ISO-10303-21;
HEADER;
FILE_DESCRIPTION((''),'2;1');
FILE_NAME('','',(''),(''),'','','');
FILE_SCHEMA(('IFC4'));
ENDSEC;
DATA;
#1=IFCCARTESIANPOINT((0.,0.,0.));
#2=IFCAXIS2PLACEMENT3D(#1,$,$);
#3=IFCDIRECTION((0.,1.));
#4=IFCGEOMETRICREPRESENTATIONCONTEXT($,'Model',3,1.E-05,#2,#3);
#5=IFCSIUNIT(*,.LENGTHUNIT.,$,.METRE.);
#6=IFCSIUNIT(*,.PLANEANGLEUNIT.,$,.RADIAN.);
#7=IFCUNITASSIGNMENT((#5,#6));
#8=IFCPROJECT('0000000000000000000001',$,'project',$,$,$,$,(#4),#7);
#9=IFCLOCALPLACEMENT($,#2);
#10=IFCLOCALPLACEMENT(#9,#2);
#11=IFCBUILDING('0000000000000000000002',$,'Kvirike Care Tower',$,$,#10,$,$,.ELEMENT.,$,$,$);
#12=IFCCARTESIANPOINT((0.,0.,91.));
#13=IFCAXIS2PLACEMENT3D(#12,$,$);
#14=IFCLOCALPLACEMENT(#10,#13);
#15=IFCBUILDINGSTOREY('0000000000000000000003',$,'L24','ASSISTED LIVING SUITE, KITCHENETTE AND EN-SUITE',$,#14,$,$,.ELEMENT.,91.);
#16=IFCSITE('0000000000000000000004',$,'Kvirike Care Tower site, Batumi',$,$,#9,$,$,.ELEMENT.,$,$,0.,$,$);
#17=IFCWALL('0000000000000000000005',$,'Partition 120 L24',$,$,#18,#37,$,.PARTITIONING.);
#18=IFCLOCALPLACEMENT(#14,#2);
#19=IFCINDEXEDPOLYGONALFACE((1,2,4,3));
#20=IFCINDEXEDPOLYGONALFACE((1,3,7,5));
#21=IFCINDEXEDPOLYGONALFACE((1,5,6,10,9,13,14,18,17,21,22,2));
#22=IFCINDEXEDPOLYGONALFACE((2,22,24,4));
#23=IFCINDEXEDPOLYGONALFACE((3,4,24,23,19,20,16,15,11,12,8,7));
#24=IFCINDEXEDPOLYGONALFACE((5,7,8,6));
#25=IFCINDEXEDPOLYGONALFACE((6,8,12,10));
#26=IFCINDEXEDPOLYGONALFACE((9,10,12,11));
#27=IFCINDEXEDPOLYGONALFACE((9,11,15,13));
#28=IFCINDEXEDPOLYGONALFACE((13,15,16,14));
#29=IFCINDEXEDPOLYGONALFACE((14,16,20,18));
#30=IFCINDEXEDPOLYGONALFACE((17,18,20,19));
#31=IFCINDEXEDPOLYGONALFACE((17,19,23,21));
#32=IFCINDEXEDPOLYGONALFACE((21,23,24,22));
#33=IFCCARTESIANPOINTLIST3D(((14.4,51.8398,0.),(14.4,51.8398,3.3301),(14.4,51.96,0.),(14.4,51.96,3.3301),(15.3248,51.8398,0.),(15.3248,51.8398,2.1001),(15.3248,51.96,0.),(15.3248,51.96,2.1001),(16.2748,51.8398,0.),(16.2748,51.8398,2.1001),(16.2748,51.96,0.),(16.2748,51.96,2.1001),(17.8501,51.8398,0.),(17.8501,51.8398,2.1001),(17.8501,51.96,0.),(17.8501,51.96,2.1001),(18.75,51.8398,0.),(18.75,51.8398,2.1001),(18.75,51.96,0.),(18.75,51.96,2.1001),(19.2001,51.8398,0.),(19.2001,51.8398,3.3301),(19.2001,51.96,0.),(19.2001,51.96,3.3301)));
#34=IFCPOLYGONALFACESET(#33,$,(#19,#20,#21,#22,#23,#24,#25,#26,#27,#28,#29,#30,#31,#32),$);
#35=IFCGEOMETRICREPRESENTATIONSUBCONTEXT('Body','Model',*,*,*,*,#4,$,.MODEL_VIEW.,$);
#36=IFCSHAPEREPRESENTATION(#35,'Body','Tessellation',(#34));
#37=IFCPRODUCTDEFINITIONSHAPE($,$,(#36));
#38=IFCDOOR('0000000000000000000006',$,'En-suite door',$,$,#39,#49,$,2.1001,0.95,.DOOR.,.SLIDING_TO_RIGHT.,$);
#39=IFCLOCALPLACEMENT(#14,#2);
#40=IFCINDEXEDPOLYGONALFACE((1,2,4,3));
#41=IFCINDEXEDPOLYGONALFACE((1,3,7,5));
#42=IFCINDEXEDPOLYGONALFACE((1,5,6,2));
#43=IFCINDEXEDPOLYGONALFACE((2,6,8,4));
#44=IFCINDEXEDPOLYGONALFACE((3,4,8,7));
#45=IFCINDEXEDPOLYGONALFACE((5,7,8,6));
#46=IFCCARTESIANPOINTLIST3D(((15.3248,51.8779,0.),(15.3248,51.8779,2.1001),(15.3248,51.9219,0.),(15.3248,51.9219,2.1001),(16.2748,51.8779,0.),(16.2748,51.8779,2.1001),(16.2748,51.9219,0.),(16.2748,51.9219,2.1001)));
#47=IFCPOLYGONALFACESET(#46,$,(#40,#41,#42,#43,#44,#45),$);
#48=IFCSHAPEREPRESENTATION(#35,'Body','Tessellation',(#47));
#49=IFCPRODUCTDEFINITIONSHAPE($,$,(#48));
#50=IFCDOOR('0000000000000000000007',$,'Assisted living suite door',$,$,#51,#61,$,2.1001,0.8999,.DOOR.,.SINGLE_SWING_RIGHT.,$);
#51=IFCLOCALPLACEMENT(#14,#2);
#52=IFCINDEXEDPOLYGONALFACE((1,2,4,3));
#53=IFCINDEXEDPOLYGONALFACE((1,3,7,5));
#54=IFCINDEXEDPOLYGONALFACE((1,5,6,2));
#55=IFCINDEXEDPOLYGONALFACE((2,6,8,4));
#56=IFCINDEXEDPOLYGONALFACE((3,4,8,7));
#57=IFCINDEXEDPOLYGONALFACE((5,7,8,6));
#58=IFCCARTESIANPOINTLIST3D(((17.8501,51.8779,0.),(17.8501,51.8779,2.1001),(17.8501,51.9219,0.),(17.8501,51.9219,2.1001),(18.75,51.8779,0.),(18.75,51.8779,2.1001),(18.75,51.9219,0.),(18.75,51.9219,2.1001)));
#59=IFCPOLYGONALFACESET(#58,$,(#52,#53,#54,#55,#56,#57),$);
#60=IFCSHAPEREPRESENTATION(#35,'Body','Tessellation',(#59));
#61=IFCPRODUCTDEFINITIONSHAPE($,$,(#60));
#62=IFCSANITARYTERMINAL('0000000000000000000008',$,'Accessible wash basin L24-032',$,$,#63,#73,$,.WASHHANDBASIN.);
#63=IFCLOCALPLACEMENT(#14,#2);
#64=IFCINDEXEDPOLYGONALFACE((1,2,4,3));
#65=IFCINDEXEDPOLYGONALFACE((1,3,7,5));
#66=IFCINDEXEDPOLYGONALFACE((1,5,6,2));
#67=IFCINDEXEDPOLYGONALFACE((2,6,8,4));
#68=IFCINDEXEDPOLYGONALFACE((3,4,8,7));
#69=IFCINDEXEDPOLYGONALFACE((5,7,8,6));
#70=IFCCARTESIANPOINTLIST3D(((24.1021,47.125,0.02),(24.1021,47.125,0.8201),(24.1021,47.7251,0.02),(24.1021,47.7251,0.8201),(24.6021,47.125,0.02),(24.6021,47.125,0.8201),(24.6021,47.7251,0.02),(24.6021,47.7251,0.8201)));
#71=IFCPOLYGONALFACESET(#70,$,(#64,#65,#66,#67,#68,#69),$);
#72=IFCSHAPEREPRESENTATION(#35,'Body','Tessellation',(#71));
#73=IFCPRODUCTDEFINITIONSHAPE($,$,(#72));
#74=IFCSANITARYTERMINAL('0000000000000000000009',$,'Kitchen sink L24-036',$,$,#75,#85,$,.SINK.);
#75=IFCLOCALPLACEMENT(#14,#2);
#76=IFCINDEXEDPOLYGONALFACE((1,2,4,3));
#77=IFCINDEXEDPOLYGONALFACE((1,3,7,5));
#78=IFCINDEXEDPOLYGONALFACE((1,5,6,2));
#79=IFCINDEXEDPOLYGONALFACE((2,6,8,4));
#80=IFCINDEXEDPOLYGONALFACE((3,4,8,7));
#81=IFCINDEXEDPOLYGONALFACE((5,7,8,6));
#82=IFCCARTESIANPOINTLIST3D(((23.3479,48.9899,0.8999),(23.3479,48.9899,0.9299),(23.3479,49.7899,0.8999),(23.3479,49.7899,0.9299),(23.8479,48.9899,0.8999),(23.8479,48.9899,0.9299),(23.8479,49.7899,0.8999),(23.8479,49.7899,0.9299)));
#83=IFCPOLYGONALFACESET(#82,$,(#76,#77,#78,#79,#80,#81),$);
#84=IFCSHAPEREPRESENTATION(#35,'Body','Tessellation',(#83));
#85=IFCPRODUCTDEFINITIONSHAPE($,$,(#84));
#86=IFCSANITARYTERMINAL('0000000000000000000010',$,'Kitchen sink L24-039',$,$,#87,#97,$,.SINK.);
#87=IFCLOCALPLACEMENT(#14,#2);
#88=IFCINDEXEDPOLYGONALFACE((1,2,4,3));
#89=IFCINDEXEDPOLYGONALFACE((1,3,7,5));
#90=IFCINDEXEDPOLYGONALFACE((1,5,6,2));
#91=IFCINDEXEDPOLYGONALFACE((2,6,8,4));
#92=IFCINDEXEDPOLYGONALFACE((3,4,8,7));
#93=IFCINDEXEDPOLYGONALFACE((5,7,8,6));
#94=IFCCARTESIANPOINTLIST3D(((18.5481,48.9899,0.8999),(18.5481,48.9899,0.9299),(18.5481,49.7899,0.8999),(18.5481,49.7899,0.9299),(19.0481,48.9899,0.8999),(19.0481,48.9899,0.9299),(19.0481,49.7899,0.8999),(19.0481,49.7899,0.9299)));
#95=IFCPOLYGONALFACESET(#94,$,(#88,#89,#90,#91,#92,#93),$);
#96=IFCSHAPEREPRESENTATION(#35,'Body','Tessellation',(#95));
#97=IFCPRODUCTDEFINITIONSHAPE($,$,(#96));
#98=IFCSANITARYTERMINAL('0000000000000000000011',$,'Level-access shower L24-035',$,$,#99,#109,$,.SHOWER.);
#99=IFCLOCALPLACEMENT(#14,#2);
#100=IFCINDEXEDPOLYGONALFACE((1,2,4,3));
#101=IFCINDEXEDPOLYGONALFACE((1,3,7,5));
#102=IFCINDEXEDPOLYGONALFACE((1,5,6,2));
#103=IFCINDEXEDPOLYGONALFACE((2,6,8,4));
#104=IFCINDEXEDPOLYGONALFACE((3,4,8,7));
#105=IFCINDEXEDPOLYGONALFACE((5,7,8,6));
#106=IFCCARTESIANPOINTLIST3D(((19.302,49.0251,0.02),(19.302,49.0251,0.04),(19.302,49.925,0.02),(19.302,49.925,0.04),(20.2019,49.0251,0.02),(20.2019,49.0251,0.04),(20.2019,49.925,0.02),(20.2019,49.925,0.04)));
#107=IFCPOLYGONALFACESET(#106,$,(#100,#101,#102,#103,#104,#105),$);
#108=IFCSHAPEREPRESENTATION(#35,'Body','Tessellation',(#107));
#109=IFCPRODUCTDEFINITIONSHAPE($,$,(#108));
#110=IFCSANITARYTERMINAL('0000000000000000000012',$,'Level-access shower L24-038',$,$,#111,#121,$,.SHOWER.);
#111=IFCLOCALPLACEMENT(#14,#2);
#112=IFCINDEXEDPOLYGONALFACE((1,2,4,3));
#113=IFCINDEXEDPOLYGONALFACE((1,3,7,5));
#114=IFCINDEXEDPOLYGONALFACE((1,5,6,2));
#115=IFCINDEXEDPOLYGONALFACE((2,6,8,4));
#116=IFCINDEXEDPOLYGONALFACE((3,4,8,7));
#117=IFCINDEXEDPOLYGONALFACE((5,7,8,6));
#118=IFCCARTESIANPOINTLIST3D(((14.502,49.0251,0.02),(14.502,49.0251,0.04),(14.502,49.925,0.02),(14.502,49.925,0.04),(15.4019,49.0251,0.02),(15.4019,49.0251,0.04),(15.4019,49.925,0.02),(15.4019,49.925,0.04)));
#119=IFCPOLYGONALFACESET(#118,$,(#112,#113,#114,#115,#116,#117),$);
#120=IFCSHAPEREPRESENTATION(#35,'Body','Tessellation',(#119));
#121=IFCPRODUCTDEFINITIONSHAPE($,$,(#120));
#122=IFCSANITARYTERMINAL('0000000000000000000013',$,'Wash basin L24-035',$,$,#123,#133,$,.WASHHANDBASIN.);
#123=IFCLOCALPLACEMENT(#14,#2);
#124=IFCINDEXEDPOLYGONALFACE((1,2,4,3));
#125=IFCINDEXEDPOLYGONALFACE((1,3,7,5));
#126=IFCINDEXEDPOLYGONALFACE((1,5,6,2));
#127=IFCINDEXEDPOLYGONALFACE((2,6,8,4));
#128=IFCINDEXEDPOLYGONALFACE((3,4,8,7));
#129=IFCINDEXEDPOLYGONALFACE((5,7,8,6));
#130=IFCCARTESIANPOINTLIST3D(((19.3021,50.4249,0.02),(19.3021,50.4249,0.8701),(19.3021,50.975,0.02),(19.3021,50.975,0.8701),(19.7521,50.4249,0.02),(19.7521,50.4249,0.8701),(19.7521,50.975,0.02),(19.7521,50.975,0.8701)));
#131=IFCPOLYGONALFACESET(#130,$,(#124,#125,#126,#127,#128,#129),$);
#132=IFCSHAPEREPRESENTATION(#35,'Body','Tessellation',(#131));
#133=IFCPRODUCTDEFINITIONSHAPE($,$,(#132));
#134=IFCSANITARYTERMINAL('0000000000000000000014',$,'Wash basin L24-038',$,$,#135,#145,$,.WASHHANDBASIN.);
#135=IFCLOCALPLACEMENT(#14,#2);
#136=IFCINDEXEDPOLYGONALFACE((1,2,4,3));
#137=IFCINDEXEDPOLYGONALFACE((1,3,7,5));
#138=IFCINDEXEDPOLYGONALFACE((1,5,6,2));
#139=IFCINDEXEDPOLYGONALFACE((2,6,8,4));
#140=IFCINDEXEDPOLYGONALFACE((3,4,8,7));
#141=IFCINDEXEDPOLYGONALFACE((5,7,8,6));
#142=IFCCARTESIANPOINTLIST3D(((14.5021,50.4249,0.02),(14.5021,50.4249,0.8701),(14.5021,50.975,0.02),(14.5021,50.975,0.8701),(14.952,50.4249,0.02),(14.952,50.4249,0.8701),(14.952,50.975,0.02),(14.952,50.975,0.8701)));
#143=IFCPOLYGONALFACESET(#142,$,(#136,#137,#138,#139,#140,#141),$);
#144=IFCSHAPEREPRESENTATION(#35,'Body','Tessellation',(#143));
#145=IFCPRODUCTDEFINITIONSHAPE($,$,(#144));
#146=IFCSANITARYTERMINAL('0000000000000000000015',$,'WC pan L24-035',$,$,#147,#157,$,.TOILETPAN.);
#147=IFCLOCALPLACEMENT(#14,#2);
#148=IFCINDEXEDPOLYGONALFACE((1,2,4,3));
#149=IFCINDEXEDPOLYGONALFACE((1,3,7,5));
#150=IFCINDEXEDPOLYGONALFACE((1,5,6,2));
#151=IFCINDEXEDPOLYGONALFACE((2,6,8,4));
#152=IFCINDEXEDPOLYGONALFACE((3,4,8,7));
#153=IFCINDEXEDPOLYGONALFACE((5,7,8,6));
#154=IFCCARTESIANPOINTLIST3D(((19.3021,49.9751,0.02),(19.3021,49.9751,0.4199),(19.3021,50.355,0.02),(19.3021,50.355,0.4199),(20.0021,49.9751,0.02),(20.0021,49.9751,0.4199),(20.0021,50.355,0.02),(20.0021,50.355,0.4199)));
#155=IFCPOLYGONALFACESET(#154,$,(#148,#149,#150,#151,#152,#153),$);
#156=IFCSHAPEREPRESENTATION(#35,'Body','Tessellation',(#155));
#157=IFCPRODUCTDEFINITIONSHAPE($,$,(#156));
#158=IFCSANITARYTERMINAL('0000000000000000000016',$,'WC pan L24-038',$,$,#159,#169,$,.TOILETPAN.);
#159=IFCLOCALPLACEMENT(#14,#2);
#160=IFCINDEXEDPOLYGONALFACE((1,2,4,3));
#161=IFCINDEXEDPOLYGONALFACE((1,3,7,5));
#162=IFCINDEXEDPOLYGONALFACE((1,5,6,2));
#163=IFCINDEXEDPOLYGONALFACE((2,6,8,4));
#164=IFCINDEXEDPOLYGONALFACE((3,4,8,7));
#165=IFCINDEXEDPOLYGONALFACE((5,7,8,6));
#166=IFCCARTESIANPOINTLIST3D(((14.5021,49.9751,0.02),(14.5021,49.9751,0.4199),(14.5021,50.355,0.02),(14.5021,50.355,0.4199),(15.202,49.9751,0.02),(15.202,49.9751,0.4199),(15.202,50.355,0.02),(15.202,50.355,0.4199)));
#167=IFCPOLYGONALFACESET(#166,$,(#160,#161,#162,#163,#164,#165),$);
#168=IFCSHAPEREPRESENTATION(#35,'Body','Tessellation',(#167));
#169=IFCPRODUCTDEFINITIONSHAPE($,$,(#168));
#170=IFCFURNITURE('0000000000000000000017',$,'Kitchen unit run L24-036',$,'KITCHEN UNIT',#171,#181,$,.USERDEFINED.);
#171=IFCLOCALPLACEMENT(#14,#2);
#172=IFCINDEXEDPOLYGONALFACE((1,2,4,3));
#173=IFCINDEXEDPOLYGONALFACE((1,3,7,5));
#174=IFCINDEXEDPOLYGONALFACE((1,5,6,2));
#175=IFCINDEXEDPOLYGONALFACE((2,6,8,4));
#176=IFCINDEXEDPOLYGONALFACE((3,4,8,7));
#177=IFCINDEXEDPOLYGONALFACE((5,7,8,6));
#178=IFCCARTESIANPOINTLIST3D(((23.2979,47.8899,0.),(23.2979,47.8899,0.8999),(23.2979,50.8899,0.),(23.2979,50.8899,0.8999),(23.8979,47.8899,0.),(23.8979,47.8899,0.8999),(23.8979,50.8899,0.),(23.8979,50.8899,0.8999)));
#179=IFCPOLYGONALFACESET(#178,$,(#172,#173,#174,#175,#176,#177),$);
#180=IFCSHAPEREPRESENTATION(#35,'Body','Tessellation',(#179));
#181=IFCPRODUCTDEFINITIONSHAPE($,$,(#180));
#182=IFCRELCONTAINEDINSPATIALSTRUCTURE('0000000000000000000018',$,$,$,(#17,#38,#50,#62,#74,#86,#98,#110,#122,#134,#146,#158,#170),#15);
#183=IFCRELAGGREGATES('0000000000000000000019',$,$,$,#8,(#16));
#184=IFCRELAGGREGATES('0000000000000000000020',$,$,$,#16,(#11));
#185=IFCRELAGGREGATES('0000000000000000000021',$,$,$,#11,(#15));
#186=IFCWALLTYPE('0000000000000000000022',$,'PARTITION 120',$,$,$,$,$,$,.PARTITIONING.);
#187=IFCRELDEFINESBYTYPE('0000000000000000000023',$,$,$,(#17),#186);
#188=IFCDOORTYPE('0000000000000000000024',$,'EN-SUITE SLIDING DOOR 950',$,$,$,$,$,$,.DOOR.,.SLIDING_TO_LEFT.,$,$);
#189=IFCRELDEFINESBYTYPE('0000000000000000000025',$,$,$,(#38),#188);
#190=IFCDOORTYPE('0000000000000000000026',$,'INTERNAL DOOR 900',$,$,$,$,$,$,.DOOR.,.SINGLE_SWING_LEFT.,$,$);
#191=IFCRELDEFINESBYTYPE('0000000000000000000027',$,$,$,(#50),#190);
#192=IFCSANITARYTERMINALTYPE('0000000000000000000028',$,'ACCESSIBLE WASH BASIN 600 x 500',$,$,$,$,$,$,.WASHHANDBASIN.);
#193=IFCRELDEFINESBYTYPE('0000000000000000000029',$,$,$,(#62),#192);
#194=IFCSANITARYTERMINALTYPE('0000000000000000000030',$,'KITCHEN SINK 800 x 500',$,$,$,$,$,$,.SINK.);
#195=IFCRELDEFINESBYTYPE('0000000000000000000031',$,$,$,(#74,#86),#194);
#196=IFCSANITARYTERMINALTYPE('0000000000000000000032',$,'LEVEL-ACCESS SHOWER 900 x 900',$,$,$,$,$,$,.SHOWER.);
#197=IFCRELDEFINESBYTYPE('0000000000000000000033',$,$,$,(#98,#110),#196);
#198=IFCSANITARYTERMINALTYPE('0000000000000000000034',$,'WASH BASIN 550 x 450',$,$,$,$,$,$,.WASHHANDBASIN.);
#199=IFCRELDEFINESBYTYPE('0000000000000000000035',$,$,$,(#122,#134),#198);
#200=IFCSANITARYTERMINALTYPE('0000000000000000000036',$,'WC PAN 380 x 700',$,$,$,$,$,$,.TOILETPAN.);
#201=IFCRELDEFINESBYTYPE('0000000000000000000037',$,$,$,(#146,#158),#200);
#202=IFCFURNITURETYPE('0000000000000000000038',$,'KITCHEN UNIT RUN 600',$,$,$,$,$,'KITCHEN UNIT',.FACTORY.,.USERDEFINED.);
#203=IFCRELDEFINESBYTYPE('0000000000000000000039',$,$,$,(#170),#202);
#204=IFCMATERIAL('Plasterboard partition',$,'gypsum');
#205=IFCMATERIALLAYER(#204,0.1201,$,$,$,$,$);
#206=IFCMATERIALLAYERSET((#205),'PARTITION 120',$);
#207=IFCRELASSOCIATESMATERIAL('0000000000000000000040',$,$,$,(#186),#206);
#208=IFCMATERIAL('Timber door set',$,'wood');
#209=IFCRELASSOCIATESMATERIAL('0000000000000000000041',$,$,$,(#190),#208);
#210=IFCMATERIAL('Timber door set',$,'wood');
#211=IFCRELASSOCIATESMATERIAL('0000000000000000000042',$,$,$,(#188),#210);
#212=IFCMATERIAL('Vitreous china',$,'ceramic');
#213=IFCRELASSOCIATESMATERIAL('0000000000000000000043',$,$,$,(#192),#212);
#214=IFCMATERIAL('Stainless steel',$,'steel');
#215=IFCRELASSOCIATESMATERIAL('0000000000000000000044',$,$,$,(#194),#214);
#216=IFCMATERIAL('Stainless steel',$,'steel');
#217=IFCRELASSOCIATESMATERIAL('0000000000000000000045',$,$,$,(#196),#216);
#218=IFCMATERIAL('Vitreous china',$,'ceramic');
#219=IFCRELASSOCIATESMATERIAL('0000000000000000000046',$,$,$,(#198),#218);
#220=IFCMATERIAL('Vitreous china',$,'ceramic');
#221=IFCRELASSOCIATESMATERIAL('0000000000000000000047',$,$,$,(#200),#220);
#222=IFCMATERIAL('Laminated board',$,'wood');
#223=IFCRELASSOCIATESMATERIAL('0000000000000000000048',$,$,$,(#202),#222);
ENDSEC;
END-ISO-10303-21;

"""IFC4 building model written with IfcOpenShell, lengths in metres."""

from ifc_helpers import new_model, si_unit, direction, frame, frame_2d, origin, origin_2d, place, context, subcontext, project, spatial, rectangle, extrude, material, layer, layer_set, type_object, element, fill, save


model = new_model("IFC4")

# Units and contexts
model_context = context("Model", 3, precision=1e-05, world=origin(), true_north=direction((0.0, 1.0)))
body_context = subcontext(model_context, "Body", "Model", "MODEL_VIEW")
ifc_project = project(units=[si_unit("LENGTHUNIT", "METRE"), si_unit("PLANEANGLEUNIT", "RADIAN")], contexts=[model_context])

# Site, building, storey
site_placement = place(None, origin())
site = spatial("IfcSite", under=ifc_project, at=site_placement, Name="Kvirike Care Tower site, Batumi", CompositionType="ELEMENT", RefElevation=0.0)
building_placement = place(site_placement, origin())
building = spatial("IfcBuilding", under=site, at=building_placement, Name="Kvirike Care Tower", CompositionType="ELEMENT")
storey_placement = place(building_placement, frame((0.0, 0.0, 91.0)))
storey = spatial("IfcBuildingStorey", under=building, at=storey_placement, Name="L24", Description="ASSISTED LIVING SUITE, KITCHENETTE AND EN-SUITE", CompositionType="ELEMENT", Elevation=91.0)

# Shared definitions
ifc_material_1 = material(Name="Plasterboard partition", Category="gypsum")
ifc_layer_1 = layer(ifc_material_1, 0.1201)
ifc_layer_set_1 = layer_set([ifc_layer_1], Name="PARTITION 120")
wall_type_1 = type_object("IfcWallType", Name="PARTITION 120", PredefinedType="PARTITIONING", material=ifc_layer_set_1)
ifc_material_2 = material(Name="Timber door set", Category="wood")
door_type_1 = type_object("IfcDoorType", Name="INTERNAL DOOR 900", OperationType="SINGLE_SWING_LEFT", PredefinedType="DOOR", material=ifc_material_2)

# Wall, openings, doors
wall_1_placement = place(storey_placement, frame((19.2, 51.8999, 0.0), z_axis=(0.0, 0.0, 1.0), x_axis=(-1.0, 0.0, 0.0)))
wall_1 = element("IfcWall", 1, at=wall_1_placement, inside=storey, type_object=wall_type_1, Name="Partition 120 L24", PredefinedType="PARTITIONING", context=body_context, shape_type="SweptSolid", body=[
    extrude(rectangle(XDim=4.8, YDim=0.1201, at=frame_2d((2.3999, 0.0))), origin(), (0.0, 0.0, 1.0), 3.3301),
])
opening_1_placement = place(wall_1_placement, frame((0.45, 0.0, 0.0)))
opening_1 = element("IfcOpeningElement", 2, at=opening_1_placement, cuts=wall_1, PredefinedType="OPENING", context=body_context, shape_type="SweptSolid", body=[
    extrude(rectangle(XDim=0.8999, YDim=2.1001, at=frame_2d((0.45, 1.05))), frame((0.0, 0.0706, 0.0), z_axis=(0.0, -1.0, 0.0), x_axis=(1.0, 0.0, 0.0)), (0.0, 0.0, 1.0), 0.1411),
])
opening_2_placement = place(wall_1_placement, frame((2.925, 0.0, 0.0)))
opening_2 = element("IfcOpeningElement", 3, at=opening_2_placement, cuts=wall_1, PredefinedType="OPENING", context=body_context, shape_type="SweptSolid", body=[
    extrude(rectangle(XDim=0.95, YDim=2.1001, at=frame_2d((0.4751, 1.05))), frame((0.0, 0.0706, 0.0), z_axis=(0.0, -1.0, 0.0), x_axis=(1.0, 0.0, 0.0)), (0.0, 0.0, 1.0), 0.1411),
])
ifc_material_3 = material(Name="Timber door set", Category="wood")
door_type_2 = type_object("IfcDoorType", Name="EN-SUITE SLIDING DOOR 950", OperationType="SLIDING_TO_LEFT", PredefinedType="DOOR", material=ifc_material_3)
door_1_placement = place(opening_2_placement, origin())
door_1 = element("IfcDoor", 4, at=door_1_placement, inside=storey, type_object=door_type_2, Name="En-suite door", OperationType="SLIDING_TO_RIGHT", OverallHeight=2.1001, OverallWidth=0.95, PredefinedType="DOOR", context=body_context, shape_type="SweptSolid", body=[
    extrude(rectangle(XDim=0.95, YDim=2.1001, at=frame_2d((0.4751, 1.05))), frame((0.0, 0.022, 0.0), z_axis=(0.0, -1.0, 0.0), x_axis=(1.0, 0.0, 0.0)), (0.0, 0.0, 1.0), 0.0439),
])
fill(opening_2, door_1)
door_2_placement = place(opening_1_placement, origin())
door_2 = element("IfcDoor", 5, at=door_2_placement, inside=storey, type_object=door_type_1, Name="Assisted living suite door", OperationType="SINGLE_SWING_RIGHT", OverallHeight=2.1001, OverallWidth=0.8999, PredefinedType="DOOR", context=body_context, shape_type="SweptSolid", body=[
    extrude(rectangle(XDim=0.8999, YDim=2.1001, at=frame_2d((0.45, 1.05))), frame((0.0, 0.022, 0.0), z_axis=(0.0, -1.0, 0.0), x_axis=(1.0, 0.0, 0.0)), (0.0, 0.0, 1.0), 0.0439),
])
fill(opening_1, door_2)

# Sanitary terminals
ifc_material_4 = material(Name="Vitreous china", Category="ceramic")
sanitary_terminal_type_1 = type_object("IfcSanitaryTerminalType", Name="ACCESSIBLE WASH BASIN 600 x 500", PredefinedType="WASHHANDBASIN", material=ifc_material_4)
sanitary_terminal_placement = place(storey_placement, frame((24.3521, 47.425, 0.02), z_axis=(0.0, 0.0, 1.0), x_axis=(0.0, 1.0, 0.0)))
element("IfcSanitaryTerminal", 6, at=sanitary_terminal_placement, inside=storey, type_object=sanitary_terminal_type_1, Name="Accessible wash basin L24-032", PredefinedType="WASHHANDBASIN", context=body_context, shape_type="SweptSolid", body=[
    extrude(rectangle(XDim=0.6001, YDim=0.5, at=origin_2d()), origin(), (0.0, 0.0, 1.0), 0.8),
])
ifc_material_5 = material(Name="Stainless steel", Category="steel")
sanitary_terminal_type_2 = type_object("IfcSanitaryTerminalType", Name="KITCHEN SINK 800 x 500", PredefinedType="SINK", material=ifc_material_5)
for number, where, z_axis, x_axis, name in (
    (7, (23.5979, 49.3899, 0.8999), (0.0, 0.0, 1.0), (0.0, -1.0, 0.0), "Kitchen sink L24-036"),
    (8, (18.7981, 49.3899, 0.8999), (0.0, 0.0, 1.0), (0.0, -1.0, 0.0), "Kitchen sink L24-039"),
):
    element("IfcSanitaryTerminal", number, at=place(storey_placement, frame(where, z_axis=z_axis, x_axis=x_axis)), inside=storey, type_object=sanitary_terminal_type_2, Name=name, PredefinedType="SINK", context=body_context, shape_type="SweptSolid", body=[
        extrude(rectangle(XDim=0.8, YDim=0.5, at=origin_2d()), origin(), (0.0, 0.0, 1.0), 0.03),
    ])
ifc_material_6 = material(Name="Stainless steel", Category="steel")
sanitary_terminal_type_3 = type_object("IfcSanitaryTerminalType", Name="LEVEL-ACCESS SHOWER 900 x 900", PredefinedType="SHOWER", material=ifc_material_6)
for number, where, z_axis, x_axis, name in (
    (9, (19.752, 49.4751, 0.02), (0.0, 0.0, 1.0), (0.0, 1.0, 0.0), "Level-access shower L24-035"),
    (10, (14.9519, 49.4751, 0.02), (0.0, 0.0, 1.0), (0.0, 1.0, 0.0), "Level-access shower L24-038"),
):
    element("IfcSanitaryTerminal", number, at=place(storey_placement, frame(where, z_axis=z_axis, x_axis=x_axis)), inside=storey, type_object=sanitary_terminal_type_3, Name=name, PredefinedType="SHOWER", context=body_context, shape_type="SweptSolid", body=[
        extrude(rectangle(XDim=0.8999, YDim=0.8999, at=origin_2d()), origin(), (0.0, 0.0, 1.0), 0.02),
    ])
ifc_material_7 = material(Name="Vitreous china", Category="ceramic")
sanitary_terminal_type_4 = type_object("IfcSanitaryTerminalType", Name="WASH BASIN 550 x 450", PredefinedType="WASHHANDBASIN", material=ifc_material_7)
for number, where, z_axis, x_axis, name in (
    (11, (19.5271, 50.7, 0.02), (0.0, 0.0, 1.0), (0.0, 1.0, 0.0), "Wash basin L24-035"),
    (12, (14.7271, 50.7, 0.02), (0.0, 0.0, 1.0), (0.0, 1.0, 0.0), "Wash basin L24-038"),
):
    element("IfcSanitaryTerminal", number, at=place(storey_placement, frame(where, z_axis=z_axis, x_axis=x_axis)), inside=storey, type_object=sanitary_terminal_type_4, Name=name, PredefinedType="WASHHANDBASIN", context=body_context, shape_type="SweptSolid", body=[
        extrude(rectangle(XDim=0.55, YDim=0.45, at=origin_2d()), origin(), (0.0, 0.0, 1.0), 0.8501),
    ])
ifc_material_8 = material(Name="Vitreous china", Category="ceramic")
sanitary_terminal_type_5 = type_object("IfcSanitaryTerminalType", Name="WC PAN 380 x 700", PredefinedType="TOILETPAN", material=ifc_material_8)
for number, where, z_axis, x_axis, name in (
    (13, (19.6521, 50.165, 0.02), (0.0, 0.0, 1.0), (0.0, 1.0, 0.0), "WC pan L24-035"),
    (14, (14.8521, 50.165, 0.02), (0.0, 0.0, 1.0), (0.0, 1.0, 0.0), "WC pan L24-038"),
):
    element("IfcSanitaryTerminal", number, at=place(storey_placement, frame(where, z_axis=z_axis, x_axis=x_axis)), inside=storey, type_object=sanitary_terminal_type_5, Name=name, PredefinedType="TOILETPAN", context=body_context, shape_type="SweptSolid", body=[
        extrude(rectangle(XDim=0.3799, YDim=0.7, at=origin_2d()), origin(), (0.0, 0.0, 1.0), 0.3999),
    ])

# Furniture
ifc_material_9 = material(Name="Laminated board", Category="wood")
furniture_type = type_object("IfcFurnitureType", Name="KITCHEN UNIT RUN 600", ElementType="KITCHEN UNIT", AssemblyPlace="FACTORY", PredefinedType="USERDEFINED", material=ifc_material_9)
for number, where, z_axis, x_axis, name in (
    (15, (23.5979, 49.3899, 0.0), (0.0, 0.0, 1.0), (0.0, -1.0, 0.0), "Kitchen unit run L24-036"),
):
    element("IfcFurniture", number, at=place(storey_placement, frame(where, z_axis=z_axis, x_axis=x_axis)), inside=storey, type_object=furniture_type, Name=name, ObjectType="KITCHEN UNIT", PredefinedType="USERDEFINED", context=body_context, shape_type="SweptSolid", body=[
        extrude(rectangle(XDim=3.0, YDim=0.6001, at=origin_2d()), origin(), (0.0, 0.0, 1.0), 0.8999),
    ])

save(model, "model.ifc")
